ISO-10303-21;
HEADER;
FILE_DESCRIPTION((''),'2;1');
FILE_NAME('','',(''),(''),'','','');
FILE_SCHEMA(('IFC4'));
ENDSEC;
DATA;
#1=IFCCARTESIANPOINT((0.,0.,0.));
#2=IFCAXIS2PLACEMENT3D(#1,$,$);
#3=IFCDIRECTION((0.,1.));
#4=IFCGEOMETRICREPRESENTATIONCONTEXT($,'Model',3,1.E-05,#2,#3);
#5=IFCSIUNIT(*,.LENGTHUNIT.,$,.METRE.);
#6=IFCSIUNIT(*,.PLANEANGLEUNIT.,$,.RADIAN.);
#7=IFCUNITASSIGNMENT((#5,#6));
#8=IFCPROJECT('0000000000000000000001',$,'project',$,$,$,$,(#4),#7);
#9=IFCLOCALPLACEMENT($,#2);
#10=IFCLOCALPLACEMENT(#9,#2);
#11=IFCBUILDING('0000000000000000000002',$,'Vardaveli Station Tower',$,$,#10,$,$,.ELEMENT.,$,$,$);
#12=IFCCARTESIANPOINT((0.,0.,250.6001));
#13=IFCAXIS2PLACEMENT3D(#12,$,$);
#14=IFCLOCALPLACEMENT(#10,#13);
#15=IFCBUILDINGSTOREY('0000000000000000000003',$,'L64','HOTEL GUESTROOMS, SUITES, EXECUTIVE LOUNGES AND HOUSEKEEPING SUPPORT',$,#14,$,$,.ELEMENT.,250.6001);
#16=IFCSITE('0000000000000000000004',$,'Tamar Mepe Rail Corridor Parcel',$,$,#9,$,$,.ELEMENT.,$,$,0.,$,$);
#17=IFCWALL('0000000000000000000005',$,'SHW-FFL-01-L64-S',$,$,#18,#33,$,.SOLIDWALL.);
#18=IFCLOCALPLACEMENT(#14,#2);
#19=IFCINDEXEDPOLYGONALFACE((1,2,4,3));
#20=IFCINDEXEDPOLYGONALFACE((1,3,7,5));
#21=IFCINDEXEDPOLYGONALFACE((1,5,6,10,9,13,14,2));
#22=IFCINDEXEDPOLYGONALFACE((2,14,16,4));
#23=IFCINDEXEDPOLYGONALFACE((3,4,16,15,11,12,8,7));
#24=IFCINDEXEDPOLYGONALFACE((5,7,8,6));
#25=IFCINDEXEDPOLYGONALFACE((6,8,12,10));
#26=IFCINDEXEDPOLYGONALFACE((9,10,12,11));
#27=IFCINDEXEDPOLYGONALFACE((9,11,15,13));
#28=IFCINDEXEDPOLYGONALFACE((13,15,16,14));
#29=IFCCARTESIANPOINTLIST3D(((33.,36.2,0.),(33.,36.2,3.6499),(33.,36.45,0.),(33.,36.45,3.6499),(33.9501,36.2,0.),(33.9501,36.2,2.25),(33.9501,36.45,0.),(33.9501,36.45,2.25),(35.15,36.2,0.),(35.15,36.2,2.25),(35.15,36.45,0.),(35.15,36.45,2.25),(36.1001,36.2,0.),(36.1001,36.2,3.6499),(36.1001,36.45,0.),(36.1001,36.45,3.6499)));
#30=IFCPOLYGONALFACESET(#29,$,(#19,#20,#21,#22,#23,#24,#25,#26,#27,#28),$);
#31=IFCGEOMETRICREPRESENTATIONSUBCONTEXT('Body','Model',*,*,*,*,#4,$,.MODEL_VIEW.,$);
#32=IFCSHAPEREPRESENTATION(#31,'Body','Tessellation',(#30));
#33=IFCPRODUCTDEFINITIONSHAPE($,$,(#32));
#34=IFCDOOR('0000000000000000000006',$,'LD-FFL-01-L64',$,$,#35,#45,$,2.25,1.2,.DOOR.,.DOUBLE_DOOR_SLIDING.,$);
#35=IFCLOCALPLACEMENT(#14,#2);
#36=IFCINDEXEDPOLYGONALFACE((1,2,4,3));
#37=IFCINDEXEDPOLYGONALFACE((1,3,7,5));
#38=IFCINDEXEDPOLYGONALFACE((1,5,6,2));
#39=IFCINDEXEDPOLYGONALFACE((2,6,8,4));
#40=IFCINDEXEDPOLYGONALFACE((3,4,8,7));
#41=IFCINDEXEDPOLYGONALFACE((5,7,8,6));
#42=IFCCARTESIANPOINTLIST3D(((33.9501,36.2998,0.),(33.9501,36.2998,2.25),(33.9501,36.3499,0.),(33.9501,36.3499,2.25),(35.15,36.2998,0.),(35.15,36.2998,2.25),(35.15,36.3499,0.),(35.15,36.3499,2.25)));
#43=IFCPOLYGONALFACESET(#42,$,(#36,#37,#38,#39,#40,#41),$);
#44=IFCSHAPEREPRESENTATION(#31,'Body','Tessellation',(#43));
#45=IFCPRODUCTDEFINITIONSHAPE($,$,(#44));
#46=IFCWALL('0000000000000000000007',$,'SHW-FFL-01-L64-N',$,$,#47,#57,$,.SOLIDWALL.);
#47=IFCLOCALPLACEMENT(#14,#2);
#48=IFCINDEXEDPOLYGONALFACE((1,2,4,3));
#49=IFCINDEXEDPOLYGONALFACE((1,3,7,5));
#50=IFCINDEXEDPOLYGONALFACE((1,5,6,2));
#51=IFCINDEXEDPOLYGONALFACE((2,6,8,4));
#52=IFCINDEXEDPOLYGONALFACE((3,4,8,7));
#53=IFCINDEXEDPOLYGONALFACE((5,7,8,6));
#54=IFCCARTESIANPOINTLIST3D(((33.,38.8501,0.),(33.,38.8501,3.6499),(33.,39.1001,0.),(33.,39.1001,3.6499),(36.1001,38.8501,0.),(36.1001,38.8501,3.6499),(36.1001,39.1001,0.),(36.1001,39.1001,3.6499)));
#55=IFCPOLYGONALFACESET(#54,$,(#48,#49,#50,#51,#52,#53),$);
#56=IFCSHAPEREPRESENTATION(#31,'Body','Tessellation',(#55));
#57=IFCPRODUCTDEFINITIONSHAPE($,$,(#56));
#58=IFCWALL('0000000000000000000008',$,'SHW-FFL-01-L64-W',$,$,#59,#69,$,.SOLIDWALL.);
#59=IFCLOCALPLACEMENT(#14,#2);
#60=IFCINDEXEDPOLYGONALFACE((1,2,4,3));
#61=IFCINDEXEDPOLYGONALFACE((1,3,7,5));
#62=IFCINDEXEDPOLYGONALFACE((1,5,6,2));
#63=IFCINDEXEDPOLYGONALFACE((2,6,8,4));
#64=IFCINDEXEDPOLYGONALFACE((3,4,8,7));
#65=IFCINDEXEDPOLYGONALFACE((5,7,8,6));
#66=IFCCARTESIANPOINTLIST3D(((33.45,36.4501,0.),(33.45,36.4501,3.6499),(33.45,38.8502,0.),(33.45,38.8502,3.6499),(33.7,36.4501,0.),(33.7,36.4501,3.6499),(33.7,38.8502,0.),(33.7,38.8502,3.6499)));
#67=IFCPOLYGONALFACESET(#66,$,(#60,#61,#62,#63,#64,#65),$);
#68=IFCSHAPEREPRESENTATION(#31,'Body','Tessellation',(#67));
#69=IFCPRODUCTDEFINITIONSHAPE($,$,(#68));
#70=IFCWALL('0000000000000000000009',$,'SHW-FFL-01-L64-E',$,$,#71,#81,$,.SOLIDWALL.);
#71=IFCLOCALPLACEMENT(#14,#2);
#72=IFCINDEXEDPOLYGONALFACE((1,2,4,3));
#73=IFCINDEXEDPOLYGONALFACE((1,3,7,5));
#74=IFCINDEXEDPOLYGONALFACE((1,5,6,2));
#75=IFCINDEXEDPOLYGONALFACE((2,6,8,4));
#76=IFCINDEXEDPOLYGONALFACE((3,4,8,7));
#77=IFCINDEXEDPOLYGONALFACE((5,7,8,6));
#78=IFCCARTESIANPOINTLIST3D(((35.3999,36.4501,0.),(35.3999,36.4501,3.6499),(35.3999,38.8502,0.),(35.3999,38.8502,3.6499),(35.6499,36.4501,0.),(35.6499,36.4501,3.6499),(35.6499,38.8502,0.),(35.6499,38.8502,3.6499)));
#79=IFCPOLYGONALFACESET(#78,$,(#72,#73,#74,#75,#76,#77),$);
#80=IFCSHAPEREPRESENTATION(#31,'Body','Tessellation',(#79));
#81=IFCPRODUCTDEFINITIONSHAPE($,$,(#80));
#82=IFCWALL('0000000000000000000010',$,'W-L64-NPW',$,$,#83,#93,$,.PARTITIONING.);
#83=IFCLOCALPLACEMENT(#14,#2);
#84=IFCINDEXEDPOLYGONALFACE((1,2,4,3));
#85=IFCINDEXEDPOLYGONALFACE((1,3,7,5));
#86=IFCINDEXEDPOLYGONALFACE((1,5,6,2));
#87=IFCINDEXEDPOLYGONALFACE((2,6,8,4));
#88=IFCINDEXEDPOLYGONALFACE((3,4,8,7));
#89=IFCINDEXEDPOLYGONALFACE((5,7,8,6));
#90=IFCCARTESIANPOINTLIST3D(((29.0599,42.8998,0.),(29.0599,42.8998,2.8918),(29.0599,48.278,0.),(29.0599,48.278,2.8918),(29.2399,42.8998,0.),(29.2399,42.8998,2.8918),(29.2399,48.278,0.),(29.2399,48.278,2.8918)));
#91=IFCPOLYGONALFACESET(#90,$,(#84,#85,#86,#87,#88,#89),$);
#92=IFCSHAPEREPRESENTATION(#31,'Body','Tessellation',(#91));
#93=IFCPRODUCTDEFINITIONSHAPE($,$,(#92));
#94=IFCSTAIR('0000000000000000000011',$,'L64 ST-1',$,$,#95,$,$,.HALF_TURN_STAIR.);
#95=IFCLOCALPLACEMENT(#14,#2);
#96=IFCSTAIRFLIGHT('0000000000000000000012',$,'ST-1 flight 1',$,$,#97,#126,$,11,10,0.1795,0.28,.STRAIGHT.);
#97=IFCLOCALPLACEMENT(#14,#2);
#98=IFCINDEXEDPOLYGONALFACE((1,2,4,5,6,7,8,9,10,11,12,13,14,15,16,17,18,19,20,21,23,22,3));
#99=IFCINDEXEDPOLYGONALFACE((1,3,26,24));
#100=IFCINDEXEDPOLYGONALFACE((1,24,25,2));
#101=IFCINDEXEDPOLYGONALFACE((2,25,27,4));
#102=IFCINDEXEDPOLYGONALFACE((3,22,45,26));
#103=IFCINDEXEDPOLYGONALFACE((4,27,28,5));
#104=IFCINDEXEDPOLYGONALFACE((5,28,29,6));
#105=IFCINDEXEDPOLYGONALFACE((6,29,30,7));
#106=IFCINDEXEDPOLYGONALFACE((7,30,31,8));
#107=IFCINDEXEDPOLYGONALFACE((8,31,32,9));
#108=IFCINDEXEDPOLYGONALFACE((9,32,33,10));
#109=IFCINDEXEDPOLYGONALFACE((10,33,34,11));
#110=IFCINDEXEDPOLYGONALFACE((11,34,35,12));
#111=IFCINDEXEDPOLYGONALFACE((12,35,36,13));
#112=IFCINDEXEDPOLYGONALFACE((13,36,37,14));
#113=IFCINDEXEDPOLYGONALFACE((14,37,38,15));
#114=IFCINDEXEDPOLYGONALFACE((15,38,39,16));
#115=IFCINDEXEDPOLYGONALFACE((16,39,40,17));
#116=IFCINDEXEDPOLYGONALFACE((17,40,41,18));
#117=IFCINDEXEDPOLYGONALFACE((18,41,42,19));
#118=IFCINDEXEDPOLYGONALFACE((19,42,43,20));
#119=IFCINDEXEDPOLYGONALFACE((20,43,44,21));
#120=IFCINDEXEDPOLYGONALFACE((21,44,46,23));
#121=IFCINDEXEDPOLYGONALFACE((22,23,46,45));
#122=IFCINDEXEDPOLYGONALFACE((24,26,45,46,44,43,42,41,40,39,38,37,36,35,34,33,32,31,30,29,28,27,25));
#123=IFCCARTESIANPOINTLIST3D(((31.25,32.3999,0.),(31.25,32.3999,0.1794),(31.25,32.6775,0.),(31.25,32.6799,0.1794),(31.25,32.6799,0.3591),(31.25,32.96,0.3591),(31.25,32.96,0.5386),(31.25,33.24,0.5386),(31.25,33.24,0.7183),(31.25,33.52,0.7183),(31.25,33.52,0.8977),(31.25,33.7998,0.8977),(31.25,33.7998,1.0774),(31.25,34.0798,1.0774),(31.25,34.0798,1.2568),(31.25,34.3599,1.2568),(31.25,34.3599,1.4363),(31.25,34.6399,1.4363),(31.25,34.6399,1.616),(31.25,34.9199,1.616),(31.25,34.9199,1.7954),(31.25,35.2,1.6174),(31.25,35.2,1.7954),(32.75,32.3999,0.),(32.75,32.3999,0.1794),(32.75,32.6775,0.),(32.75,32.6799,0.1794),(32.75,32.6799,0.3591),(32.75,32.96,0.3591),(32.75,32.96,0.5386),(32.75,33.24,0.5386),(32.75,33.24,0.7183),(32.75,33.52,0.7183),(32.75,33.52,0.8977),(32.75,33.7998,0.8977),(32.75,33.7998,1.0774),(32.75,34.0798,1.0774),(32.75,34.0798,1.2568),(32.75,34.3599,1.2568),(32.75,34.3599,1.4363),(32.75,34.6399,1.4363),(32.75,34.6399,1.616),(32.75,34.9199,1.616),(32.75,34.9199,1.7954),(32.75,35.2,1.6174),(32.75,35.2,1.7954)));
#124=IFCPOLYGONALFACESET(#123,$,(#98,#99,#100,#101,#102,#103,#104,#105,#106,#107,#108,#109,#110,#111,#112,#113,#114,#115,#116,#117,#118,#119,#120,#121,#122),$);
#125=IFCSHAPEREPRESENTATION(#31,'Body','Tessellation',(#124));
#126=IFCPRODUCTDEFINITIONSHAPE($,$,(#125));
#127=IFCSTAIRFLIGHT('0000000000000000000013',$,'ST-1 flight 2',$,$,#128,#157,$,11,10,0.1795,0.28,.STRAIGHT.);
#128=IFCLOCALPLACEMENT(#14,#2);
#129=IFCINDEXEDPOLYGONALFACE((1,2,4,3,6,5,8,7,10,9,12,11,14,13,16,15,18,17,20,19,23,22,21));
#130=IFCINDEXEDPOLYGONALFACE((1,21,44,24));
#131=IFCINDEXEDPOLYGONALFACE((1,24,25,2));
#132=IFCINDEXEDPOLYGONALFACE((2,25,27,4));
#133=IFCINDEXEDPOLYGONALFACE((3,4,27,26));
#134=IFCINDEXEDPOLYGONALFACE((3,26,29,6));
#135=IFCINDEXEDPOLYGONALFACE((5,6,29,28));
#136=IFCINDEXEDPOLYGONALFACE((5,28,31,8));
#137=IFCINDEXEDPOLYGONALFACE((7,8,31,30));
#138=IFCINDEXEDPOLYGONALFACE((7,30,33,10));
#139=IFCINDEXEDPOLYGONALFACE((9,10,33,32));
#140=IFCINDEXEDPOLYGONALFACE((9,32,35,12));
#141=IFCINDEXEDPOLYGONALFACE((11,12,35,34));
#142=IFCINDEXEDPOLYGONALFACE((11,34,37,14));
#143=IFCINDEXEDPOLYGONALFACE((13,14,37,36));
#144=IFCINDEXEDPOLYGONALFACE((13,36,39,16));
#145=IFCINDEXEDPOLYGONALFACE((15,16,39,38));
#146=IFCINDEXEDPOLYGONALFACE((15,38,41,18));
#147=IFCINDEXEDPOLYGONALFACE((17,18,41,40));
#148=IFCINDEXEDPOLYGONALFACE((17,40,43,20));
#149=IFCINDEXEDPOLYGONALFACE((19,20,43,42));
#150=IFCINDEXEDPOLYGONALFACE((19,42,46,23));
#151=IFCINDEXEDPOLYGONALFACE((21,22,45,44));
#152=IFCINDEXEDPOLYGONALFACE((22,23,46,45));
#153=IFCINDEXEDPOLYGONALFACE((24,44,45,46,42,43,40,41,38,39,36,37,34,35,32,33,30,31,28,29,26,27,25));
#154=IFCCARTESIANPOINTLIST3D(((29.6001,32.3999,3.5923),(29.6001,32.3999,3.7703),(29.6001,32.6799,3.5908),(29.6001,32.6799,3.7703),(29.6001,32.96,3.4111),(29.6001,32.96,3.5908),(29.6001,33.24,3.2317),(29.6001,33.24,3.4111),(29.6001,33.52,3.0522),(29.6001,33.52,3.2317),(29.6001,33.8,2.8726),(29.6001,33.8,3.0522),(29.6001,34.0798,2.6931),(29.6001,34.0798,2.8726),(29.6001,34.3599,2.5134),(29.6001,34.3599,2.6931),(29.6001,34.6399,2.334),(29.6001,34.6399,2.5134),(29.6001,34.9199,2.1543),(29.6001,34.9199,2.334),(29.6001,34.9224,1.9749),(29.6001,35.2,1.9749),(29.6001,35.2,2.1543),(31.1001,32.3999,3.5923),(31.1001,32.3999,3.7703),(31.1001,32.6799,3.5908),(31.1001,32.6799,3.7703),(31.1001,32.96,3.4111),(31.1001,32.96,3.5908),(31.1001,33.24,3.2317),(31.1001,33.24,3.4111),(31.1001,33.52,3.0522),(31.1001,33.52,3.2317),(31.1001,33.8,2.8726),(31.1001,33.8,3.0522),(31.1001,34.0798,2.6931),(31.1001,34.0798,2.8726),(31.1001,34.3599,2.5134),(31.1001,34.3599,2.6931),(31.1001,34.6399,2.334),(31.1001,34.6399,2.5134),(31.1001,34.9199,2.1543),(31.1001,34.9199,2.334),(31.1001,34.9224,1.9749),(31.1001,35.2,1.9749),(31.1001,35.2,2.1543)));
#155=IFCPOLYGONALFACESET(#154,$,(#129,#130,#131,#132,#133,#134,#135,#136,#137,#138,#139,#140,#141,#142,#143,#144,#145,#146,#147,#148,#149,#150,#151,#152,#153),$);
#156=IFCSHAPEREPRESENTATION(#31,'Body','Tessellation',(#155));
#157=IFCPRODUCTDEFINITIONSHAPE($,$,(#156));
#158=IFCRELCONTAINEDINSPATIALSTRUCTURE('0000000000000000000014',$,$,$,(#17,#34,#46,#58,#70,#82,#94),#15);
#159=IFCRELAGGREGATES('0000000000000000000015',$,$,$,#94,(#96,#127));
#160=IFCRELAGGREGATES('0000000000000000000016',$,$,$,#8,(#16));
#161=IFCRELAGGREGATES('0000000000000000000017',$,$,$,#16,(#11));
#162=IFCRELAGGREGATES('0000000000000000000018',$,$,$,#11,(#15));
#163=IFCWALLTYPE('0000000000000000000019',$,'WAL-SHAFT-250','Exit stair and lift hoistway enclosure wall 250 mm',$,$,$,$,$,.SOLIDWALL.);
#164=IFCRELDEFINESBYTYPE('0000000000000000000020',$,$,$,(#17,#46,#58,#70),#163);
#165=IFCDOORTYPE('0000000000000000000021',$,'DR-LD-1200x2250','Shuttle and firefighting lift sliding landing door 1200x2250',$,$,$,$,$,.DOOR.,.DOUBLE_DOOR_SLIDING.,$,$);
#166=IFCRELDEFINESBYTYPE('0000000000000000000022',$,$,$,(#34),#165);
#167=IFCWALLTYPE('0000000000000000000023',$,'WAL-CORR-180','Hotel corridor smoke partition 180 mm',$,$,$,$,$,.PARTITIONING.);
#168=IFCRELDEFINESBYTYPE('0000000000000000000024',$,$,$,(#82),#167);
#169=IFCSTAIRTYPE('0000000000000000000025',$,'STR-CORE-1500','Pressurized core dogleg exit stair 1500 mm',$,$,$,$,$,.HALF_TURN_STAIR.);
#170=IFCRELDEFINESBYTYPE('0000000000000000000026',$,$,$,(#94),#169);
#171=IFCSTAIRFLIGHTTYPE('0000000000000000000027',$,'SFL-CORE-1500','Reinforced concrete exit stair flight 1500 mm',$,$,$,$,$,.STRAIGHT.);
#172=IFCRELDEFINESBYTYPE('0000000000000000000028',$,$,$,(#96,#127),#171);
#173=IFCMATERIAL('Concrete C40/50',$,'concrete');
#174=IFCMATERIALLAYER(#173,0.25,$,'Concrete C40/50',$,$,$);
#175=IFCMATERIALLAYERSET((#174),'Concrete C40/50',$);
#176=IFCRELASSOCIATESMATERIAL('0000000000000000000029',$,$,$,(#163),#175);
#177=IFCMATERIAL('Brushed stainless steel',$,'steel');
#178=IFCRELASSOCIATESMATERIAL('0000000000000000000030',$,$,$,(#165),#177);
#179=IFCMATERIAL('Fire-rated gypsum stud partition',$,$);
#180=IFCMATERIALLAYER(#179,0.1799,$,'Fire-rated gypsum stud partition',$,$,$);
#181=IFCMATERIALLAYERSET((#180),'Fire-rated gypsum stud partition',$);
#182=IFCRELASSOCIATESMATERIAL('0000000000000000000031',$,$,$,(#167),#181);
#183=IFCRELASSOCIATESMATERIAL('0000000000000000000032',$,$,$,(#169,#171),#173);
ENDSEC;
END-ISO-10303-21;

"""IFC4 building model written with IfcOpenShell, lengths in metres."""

from ifc_helpers import new_model, si_unit, direction, frame, frame_2d, origin, place, context, subcontext, project, spatial, polyline, rectangle, outline, extrude, source, transform, mapped, material, layer, layer_set, type_object, element, fill, aggregate, save


model = new_model("IFC4")

# Units and contexts
model_context = context("Model", 3, precision=1e-05, world=origin(), true_north=direction((0.0, 1.0)))
body_context = subcontext(model_context, "Body", "Model", "MODEL_VIEW")
ifc_project = project(units=[si_unit("LENGTHUNIT", "METRE"), si_unit("PLANEANGLEUNIT", "RADIAN")], contexts=[model_context])

# Site, building, storey
site_placement = place(None, origin())
site = spatial("IfcSite", under=ifc_project, at=site_placement, Name="Tamar Mepe Rail Corridor Parcel", CompositionType="ELEMENT", RefElevation=0.0)
building_placement = place(site_placement, origin())
building = spatial("IfcBuilding", under=site, at=building_placement, Name="Vardaveli Station Tower", CompositionType="ELEMENT")
storey_placement = place(building_placement, frame((0.0, 0.0, 250.6001)))
storey = spatial("IfcBuildingStorey", under=building, at=storey_placement, Name="L64", Description="HOTEL GUESTROOMS, SUITES, EXECUTIVE LOUNGES AND HOUSEKEEPING SUPPORT", CompositionType="ELEMENT", Elevation=250.6001)

# Shared definitions
ifc_material_1 = material(Name="Concrete C40/50", Category="concrete")
ifc_layer_1 = layer(ifc_material_1, 0.25, Name="Concrete C40/50")
ifc_layer_set_1 = layer_set([ifc_layer_1], Name="Concrete C40/50")
wall_type_1 = type_object("IfcWallType", Name="WAL-SHAFT-250", Description="Exit stair and lift hoistway enclosure wall 250 mm", PredefinedType="SOLIDWALL", material=ifc_layer_set_1)

# Wall, opening, door
shared_shape_1 = source(origin(), body_context, "Body", "SweptSolid", [
    extrude(rectangle(XDim=3.1001, YDim=0.25, at=frame_2d((1.55, 0.0))), origin(), (0.0, 0.0, 1.0), 3.6499),
])
wall_1_placement = place(storey_placement, frame((33.0, 36.325, 0.0), z_axis=(0.0, 0.0, 1.0), x_axis=(1.0, 0.0, 0.0)))
wall_1 = element("IfcWall", 1, at=wall_1_placement, inside=storey, type_object=wall_type_1, Name="SHW-FFL-01-L64-S", PredefinedType="SOLIDWALL", context=body_context, shape_type="MappedRepresentation", body=[
    mapped(shared_shape_1, transform((0.0, 0.0, 0.0), scale=1.0)),
])
shared_shape_2 = source(origin(), body_context, "Body", "SweptSolid", [
    extrude(rectangle(XDim=1.2, YDim=2.25, at=frame_2d((0.6001, 1.125))), frame((0.0, 0.135, 0.0), z_axis=(0.0, -1.0, 0.0), x_axis=(1.0, 0.0, 0.0)), (0.0, 0.0, 1.0), 0.27),
])
opening_1_placement = place(wall_1_placement, frame((0.95, 0.0, 0.0)))
opening_1 = element("IfcOpeningElement", 2, at=opening_1_placement, cuts=wall_1, PredefinedType="OPENING", context=body_context, shape_type="MappedRepresentation", body=[
    mapped(shared_shape_2, transform((0.0, 0.0, 0.0), scale=1.0)),
])
ifc_material_2 = material(Name="Brushed stainless steel", Category="steel")
door_type = type_object("IfcDoorType", Name="DR-LD-1200x2250", Description="Shuttle and firefighting lift sliding landing door 1200x2250", OperationType="DOUBLE_DOOR_SLIDING", PredefinedType="DOOR", material=ifc_material_2)
shared_shape_3 = source(origin(), body_context, "Body", "SweptSolid", [
    extrude(rectangle(XDim=1.2, YDim=2.25, at=frame_2d((0.6001, 1.125))), frame((0.0, 0.0249, 0.0), z_axis=(0.0, -1.0, 0.0), x_axis=(1.0, 0.0, 0.0)), (0.0, 0.0, 1.0), 0.05),
])
door_placement = place(opening_1_placement, origin())
door = element("IfcDoor", 3, at=door_placement, inside=storey, type_object=door_type, Name="LD-FFL-01-L64", OperationType="DOUBLE_DOOR_SLIDING", OverallHeight=2.25, OverallWidth=1.2, PredefinedType="DOOR", context=body_context, shape_type="MappedRepresentation", body=[
    mapped(shared_shape_3, transform((0.0, 0.0, 0.0), scale=1.0)),
])
fill(opening_1, door)

# Walls
wall_2_placement = place(storey_placement, frame((33.0, 38.9751, 0.0), z_axis=(0.0, 0.0, 1.0), x_axis=(1.0, 0.0, 0.0)))
element("IfcWall", 4, at=wall_2_placement, inside=storey, type_object=wall_type_1, Name="SHW-FFL-01-L64-N", PredefinedType="SOLIDWALL", context=body_context, shape_type="MappedRepresentation", body=[
    mapped(shared_shape_1, transform((0.0, 0.0, 0.0), scale=1.0)),
])
shared_shape_4 = source(origin(), body_context, "Body", "SweptSolid", [
    extrude(rectangle(XDim=2.4001, YDim=0.25, at=frame_2d((1.2002, 0.0))), origin(), (0.0, 0.0, 1.0), 3.6499),
])
for number, where, z_axis, x_axis, name in (
    (5, (33.575, 36.45, 0.0), (0.0, 0.0, 1.0), (0.0, 1.0, 0.0), "SHW-FFL-01-L64-W"),
    (6, (35.5249, 36.45, 0.0), (0.0, 0.0, 1.0), (0.0, 1.0, 0.0), "SHW-FFL-01-L64-E"),
):
    element("IfcWall", number, at=place(storey_placement, frame(where, z_axis=z_axis, x_axis=x_axis)), inside=storey, type_object=wall_type_1, Name=name, PredefinedType="SOLIDWALL", context=body_context, shape_type="MappedRepresentation", body=[
        mapped(shared_shape_4, transform((0.0, 0.0, 0.0), scale=1.0)),
    ])
ifc_material_3 = material(Name="Fire-rated gypsum stud partition")
ifc_layer_2 = layer(ifc_material_3, 0.1799, Name="Fire-rated gypsum stud partition")
ifc_layer_set_2 = layer_set([ifc_layer_2], Name="Fire-rated gypsum stud partition")
wall_type_2 = type_object("IfcWallType", Name="WAL-CORR-180", Description="Hotel corridor smoke partition 180 mm", PredefinedType="PARTITIONING", material=ifc_layer_set_2)
shared_shape_5 = source(origin(), body_context, "Body", "SweptSolid", [
    extrude(rectangle(XDim=5.3782, YDim=0.1799, at=frame_2d((2.689, 0.0))), origin(), (0.0, 0.0, 1.0), 2.8918),
])
wall_3_placement = place(storey_placement, frame((29.1499, 42.8999, 0.0), z_axis=(0.0, 0.0, 1.0), x_axis=(0.0, 1.0, 0.0)))
element("IfcWall", 7, at=wall_3_placement, inside=storey, type_object=wall_type_2, Name="W-L64-NPW", PredefinedType="PARTITIONING", context=body_context, shape_type="MappedRepresentation", body=[
    mapped(shared_shape_5, transform((0.0, 0.0, 0.0), scale=1.0)),
])

# Stair, stair flights
stair_type = type_object("IfcStairType", Name="STR-CORE-1500", Description="Pressurized core dogleg exit stair 1500 mm", PredefinedType="HALF_TURN_STAIR", material=ifc_material_1)
stair_1_placement = place(storey_placement, origin())
stair_1 = element("IfcStair", 8, at=stair_1_placement, inside=storey, type_object=stair_type, Name="L64 ST-1", PredefinedType="HALF_TURN_STAIR")
stair_flight_type = type_object("IfcStairFlightType", Name="SFL-CORE-1500", Description="Reinforced concrete exit stair flight 1500 mm", PredefinedType="STRAIGHT", material=ifc_material_1)
shared_shape_6 = source(origin(), body_context, "Body", "SweptSolid", [
    extrude(outline(polyline([(0.0, 0.0), (0.0, 0.1794), (0.28, 0.1794), (0.28, 0.3591), (0.5601, 0.3591), (0.5601, 0.5386), (0.8401, 0.5386), (0.8401, 0.7183), (1.1201, 0.7183), (1.1201, 0.8977), (1.3999, 0.8977), (1.3999, 1.0774), (1.6799, 1.0774), (1.6799, 1.2568), (1.96, 1.2568), (1.96, 1.4363), (2.24, 1.4363), (2.24, 1.616), (2.52, 1.616), (2.52, 1.7954), (2.8, 1.7954), (2.8, 1.9751), (2.8, 1.6174), (0.2776, 0.0), (0.0, 0.0)])), frame((0.0, 0.75, 0.0), z_axis=(0.0, -1.0, 0.0), x_axis=(1.0, 0.0, 0.0)), (0.0, 0.0, 1.0), 1.5),
])
stair_flight_1_placement = place(storey_placement, frame((32.0, 32.3999, 0.0), z_axis=(0.0, 0.0, 1.0), x_axis=(0.0, 1.0, 0.0)))
stair_flight_1 = element("IfcStairFlight", 9, at=stair_flight_1_placement, type_object=stair_flight_type, Name="ST-1 flight 1", NumberOfRisers=11, NumberOfTreads=10, PredefinedType="STRAIGHT", RiserHeight=0.1795, TreadLength=0.28, context=body_context, shape_type="MappedRepresentation", body=[
    mapped(shared_shape_6, transform((0.0, 0.0, 0.0), scale=1.0)),
])
stair_flight_2_placement = place(storey_placement, frame((30.3501, 35.2, 1.9749), z_axis=(0.0, 0.0, 1.0), x_axis=(0.0, -1.0, 0.0)))
stair_flight_2 = element("IfcStairFlight", 10, at=stair_flight_2_placement, type_object=stair_flight_type, Name="ST-1 flight 2", NumberOfRisers=11, NumberOfTreads=10, PredefinedType="STRAIGHT", RiserHeight=0.1795, TreadLength=0.28, context=body_context, shape_type="MappedRepresentation", body=[
    mapped(shared_shape_6, transform((0.0, 0.0, 0.0), scale=1.0)),
])
aggregate(stair_1, [stair_flight_1, stair_flight_2])

save(model, "model.ifc")
